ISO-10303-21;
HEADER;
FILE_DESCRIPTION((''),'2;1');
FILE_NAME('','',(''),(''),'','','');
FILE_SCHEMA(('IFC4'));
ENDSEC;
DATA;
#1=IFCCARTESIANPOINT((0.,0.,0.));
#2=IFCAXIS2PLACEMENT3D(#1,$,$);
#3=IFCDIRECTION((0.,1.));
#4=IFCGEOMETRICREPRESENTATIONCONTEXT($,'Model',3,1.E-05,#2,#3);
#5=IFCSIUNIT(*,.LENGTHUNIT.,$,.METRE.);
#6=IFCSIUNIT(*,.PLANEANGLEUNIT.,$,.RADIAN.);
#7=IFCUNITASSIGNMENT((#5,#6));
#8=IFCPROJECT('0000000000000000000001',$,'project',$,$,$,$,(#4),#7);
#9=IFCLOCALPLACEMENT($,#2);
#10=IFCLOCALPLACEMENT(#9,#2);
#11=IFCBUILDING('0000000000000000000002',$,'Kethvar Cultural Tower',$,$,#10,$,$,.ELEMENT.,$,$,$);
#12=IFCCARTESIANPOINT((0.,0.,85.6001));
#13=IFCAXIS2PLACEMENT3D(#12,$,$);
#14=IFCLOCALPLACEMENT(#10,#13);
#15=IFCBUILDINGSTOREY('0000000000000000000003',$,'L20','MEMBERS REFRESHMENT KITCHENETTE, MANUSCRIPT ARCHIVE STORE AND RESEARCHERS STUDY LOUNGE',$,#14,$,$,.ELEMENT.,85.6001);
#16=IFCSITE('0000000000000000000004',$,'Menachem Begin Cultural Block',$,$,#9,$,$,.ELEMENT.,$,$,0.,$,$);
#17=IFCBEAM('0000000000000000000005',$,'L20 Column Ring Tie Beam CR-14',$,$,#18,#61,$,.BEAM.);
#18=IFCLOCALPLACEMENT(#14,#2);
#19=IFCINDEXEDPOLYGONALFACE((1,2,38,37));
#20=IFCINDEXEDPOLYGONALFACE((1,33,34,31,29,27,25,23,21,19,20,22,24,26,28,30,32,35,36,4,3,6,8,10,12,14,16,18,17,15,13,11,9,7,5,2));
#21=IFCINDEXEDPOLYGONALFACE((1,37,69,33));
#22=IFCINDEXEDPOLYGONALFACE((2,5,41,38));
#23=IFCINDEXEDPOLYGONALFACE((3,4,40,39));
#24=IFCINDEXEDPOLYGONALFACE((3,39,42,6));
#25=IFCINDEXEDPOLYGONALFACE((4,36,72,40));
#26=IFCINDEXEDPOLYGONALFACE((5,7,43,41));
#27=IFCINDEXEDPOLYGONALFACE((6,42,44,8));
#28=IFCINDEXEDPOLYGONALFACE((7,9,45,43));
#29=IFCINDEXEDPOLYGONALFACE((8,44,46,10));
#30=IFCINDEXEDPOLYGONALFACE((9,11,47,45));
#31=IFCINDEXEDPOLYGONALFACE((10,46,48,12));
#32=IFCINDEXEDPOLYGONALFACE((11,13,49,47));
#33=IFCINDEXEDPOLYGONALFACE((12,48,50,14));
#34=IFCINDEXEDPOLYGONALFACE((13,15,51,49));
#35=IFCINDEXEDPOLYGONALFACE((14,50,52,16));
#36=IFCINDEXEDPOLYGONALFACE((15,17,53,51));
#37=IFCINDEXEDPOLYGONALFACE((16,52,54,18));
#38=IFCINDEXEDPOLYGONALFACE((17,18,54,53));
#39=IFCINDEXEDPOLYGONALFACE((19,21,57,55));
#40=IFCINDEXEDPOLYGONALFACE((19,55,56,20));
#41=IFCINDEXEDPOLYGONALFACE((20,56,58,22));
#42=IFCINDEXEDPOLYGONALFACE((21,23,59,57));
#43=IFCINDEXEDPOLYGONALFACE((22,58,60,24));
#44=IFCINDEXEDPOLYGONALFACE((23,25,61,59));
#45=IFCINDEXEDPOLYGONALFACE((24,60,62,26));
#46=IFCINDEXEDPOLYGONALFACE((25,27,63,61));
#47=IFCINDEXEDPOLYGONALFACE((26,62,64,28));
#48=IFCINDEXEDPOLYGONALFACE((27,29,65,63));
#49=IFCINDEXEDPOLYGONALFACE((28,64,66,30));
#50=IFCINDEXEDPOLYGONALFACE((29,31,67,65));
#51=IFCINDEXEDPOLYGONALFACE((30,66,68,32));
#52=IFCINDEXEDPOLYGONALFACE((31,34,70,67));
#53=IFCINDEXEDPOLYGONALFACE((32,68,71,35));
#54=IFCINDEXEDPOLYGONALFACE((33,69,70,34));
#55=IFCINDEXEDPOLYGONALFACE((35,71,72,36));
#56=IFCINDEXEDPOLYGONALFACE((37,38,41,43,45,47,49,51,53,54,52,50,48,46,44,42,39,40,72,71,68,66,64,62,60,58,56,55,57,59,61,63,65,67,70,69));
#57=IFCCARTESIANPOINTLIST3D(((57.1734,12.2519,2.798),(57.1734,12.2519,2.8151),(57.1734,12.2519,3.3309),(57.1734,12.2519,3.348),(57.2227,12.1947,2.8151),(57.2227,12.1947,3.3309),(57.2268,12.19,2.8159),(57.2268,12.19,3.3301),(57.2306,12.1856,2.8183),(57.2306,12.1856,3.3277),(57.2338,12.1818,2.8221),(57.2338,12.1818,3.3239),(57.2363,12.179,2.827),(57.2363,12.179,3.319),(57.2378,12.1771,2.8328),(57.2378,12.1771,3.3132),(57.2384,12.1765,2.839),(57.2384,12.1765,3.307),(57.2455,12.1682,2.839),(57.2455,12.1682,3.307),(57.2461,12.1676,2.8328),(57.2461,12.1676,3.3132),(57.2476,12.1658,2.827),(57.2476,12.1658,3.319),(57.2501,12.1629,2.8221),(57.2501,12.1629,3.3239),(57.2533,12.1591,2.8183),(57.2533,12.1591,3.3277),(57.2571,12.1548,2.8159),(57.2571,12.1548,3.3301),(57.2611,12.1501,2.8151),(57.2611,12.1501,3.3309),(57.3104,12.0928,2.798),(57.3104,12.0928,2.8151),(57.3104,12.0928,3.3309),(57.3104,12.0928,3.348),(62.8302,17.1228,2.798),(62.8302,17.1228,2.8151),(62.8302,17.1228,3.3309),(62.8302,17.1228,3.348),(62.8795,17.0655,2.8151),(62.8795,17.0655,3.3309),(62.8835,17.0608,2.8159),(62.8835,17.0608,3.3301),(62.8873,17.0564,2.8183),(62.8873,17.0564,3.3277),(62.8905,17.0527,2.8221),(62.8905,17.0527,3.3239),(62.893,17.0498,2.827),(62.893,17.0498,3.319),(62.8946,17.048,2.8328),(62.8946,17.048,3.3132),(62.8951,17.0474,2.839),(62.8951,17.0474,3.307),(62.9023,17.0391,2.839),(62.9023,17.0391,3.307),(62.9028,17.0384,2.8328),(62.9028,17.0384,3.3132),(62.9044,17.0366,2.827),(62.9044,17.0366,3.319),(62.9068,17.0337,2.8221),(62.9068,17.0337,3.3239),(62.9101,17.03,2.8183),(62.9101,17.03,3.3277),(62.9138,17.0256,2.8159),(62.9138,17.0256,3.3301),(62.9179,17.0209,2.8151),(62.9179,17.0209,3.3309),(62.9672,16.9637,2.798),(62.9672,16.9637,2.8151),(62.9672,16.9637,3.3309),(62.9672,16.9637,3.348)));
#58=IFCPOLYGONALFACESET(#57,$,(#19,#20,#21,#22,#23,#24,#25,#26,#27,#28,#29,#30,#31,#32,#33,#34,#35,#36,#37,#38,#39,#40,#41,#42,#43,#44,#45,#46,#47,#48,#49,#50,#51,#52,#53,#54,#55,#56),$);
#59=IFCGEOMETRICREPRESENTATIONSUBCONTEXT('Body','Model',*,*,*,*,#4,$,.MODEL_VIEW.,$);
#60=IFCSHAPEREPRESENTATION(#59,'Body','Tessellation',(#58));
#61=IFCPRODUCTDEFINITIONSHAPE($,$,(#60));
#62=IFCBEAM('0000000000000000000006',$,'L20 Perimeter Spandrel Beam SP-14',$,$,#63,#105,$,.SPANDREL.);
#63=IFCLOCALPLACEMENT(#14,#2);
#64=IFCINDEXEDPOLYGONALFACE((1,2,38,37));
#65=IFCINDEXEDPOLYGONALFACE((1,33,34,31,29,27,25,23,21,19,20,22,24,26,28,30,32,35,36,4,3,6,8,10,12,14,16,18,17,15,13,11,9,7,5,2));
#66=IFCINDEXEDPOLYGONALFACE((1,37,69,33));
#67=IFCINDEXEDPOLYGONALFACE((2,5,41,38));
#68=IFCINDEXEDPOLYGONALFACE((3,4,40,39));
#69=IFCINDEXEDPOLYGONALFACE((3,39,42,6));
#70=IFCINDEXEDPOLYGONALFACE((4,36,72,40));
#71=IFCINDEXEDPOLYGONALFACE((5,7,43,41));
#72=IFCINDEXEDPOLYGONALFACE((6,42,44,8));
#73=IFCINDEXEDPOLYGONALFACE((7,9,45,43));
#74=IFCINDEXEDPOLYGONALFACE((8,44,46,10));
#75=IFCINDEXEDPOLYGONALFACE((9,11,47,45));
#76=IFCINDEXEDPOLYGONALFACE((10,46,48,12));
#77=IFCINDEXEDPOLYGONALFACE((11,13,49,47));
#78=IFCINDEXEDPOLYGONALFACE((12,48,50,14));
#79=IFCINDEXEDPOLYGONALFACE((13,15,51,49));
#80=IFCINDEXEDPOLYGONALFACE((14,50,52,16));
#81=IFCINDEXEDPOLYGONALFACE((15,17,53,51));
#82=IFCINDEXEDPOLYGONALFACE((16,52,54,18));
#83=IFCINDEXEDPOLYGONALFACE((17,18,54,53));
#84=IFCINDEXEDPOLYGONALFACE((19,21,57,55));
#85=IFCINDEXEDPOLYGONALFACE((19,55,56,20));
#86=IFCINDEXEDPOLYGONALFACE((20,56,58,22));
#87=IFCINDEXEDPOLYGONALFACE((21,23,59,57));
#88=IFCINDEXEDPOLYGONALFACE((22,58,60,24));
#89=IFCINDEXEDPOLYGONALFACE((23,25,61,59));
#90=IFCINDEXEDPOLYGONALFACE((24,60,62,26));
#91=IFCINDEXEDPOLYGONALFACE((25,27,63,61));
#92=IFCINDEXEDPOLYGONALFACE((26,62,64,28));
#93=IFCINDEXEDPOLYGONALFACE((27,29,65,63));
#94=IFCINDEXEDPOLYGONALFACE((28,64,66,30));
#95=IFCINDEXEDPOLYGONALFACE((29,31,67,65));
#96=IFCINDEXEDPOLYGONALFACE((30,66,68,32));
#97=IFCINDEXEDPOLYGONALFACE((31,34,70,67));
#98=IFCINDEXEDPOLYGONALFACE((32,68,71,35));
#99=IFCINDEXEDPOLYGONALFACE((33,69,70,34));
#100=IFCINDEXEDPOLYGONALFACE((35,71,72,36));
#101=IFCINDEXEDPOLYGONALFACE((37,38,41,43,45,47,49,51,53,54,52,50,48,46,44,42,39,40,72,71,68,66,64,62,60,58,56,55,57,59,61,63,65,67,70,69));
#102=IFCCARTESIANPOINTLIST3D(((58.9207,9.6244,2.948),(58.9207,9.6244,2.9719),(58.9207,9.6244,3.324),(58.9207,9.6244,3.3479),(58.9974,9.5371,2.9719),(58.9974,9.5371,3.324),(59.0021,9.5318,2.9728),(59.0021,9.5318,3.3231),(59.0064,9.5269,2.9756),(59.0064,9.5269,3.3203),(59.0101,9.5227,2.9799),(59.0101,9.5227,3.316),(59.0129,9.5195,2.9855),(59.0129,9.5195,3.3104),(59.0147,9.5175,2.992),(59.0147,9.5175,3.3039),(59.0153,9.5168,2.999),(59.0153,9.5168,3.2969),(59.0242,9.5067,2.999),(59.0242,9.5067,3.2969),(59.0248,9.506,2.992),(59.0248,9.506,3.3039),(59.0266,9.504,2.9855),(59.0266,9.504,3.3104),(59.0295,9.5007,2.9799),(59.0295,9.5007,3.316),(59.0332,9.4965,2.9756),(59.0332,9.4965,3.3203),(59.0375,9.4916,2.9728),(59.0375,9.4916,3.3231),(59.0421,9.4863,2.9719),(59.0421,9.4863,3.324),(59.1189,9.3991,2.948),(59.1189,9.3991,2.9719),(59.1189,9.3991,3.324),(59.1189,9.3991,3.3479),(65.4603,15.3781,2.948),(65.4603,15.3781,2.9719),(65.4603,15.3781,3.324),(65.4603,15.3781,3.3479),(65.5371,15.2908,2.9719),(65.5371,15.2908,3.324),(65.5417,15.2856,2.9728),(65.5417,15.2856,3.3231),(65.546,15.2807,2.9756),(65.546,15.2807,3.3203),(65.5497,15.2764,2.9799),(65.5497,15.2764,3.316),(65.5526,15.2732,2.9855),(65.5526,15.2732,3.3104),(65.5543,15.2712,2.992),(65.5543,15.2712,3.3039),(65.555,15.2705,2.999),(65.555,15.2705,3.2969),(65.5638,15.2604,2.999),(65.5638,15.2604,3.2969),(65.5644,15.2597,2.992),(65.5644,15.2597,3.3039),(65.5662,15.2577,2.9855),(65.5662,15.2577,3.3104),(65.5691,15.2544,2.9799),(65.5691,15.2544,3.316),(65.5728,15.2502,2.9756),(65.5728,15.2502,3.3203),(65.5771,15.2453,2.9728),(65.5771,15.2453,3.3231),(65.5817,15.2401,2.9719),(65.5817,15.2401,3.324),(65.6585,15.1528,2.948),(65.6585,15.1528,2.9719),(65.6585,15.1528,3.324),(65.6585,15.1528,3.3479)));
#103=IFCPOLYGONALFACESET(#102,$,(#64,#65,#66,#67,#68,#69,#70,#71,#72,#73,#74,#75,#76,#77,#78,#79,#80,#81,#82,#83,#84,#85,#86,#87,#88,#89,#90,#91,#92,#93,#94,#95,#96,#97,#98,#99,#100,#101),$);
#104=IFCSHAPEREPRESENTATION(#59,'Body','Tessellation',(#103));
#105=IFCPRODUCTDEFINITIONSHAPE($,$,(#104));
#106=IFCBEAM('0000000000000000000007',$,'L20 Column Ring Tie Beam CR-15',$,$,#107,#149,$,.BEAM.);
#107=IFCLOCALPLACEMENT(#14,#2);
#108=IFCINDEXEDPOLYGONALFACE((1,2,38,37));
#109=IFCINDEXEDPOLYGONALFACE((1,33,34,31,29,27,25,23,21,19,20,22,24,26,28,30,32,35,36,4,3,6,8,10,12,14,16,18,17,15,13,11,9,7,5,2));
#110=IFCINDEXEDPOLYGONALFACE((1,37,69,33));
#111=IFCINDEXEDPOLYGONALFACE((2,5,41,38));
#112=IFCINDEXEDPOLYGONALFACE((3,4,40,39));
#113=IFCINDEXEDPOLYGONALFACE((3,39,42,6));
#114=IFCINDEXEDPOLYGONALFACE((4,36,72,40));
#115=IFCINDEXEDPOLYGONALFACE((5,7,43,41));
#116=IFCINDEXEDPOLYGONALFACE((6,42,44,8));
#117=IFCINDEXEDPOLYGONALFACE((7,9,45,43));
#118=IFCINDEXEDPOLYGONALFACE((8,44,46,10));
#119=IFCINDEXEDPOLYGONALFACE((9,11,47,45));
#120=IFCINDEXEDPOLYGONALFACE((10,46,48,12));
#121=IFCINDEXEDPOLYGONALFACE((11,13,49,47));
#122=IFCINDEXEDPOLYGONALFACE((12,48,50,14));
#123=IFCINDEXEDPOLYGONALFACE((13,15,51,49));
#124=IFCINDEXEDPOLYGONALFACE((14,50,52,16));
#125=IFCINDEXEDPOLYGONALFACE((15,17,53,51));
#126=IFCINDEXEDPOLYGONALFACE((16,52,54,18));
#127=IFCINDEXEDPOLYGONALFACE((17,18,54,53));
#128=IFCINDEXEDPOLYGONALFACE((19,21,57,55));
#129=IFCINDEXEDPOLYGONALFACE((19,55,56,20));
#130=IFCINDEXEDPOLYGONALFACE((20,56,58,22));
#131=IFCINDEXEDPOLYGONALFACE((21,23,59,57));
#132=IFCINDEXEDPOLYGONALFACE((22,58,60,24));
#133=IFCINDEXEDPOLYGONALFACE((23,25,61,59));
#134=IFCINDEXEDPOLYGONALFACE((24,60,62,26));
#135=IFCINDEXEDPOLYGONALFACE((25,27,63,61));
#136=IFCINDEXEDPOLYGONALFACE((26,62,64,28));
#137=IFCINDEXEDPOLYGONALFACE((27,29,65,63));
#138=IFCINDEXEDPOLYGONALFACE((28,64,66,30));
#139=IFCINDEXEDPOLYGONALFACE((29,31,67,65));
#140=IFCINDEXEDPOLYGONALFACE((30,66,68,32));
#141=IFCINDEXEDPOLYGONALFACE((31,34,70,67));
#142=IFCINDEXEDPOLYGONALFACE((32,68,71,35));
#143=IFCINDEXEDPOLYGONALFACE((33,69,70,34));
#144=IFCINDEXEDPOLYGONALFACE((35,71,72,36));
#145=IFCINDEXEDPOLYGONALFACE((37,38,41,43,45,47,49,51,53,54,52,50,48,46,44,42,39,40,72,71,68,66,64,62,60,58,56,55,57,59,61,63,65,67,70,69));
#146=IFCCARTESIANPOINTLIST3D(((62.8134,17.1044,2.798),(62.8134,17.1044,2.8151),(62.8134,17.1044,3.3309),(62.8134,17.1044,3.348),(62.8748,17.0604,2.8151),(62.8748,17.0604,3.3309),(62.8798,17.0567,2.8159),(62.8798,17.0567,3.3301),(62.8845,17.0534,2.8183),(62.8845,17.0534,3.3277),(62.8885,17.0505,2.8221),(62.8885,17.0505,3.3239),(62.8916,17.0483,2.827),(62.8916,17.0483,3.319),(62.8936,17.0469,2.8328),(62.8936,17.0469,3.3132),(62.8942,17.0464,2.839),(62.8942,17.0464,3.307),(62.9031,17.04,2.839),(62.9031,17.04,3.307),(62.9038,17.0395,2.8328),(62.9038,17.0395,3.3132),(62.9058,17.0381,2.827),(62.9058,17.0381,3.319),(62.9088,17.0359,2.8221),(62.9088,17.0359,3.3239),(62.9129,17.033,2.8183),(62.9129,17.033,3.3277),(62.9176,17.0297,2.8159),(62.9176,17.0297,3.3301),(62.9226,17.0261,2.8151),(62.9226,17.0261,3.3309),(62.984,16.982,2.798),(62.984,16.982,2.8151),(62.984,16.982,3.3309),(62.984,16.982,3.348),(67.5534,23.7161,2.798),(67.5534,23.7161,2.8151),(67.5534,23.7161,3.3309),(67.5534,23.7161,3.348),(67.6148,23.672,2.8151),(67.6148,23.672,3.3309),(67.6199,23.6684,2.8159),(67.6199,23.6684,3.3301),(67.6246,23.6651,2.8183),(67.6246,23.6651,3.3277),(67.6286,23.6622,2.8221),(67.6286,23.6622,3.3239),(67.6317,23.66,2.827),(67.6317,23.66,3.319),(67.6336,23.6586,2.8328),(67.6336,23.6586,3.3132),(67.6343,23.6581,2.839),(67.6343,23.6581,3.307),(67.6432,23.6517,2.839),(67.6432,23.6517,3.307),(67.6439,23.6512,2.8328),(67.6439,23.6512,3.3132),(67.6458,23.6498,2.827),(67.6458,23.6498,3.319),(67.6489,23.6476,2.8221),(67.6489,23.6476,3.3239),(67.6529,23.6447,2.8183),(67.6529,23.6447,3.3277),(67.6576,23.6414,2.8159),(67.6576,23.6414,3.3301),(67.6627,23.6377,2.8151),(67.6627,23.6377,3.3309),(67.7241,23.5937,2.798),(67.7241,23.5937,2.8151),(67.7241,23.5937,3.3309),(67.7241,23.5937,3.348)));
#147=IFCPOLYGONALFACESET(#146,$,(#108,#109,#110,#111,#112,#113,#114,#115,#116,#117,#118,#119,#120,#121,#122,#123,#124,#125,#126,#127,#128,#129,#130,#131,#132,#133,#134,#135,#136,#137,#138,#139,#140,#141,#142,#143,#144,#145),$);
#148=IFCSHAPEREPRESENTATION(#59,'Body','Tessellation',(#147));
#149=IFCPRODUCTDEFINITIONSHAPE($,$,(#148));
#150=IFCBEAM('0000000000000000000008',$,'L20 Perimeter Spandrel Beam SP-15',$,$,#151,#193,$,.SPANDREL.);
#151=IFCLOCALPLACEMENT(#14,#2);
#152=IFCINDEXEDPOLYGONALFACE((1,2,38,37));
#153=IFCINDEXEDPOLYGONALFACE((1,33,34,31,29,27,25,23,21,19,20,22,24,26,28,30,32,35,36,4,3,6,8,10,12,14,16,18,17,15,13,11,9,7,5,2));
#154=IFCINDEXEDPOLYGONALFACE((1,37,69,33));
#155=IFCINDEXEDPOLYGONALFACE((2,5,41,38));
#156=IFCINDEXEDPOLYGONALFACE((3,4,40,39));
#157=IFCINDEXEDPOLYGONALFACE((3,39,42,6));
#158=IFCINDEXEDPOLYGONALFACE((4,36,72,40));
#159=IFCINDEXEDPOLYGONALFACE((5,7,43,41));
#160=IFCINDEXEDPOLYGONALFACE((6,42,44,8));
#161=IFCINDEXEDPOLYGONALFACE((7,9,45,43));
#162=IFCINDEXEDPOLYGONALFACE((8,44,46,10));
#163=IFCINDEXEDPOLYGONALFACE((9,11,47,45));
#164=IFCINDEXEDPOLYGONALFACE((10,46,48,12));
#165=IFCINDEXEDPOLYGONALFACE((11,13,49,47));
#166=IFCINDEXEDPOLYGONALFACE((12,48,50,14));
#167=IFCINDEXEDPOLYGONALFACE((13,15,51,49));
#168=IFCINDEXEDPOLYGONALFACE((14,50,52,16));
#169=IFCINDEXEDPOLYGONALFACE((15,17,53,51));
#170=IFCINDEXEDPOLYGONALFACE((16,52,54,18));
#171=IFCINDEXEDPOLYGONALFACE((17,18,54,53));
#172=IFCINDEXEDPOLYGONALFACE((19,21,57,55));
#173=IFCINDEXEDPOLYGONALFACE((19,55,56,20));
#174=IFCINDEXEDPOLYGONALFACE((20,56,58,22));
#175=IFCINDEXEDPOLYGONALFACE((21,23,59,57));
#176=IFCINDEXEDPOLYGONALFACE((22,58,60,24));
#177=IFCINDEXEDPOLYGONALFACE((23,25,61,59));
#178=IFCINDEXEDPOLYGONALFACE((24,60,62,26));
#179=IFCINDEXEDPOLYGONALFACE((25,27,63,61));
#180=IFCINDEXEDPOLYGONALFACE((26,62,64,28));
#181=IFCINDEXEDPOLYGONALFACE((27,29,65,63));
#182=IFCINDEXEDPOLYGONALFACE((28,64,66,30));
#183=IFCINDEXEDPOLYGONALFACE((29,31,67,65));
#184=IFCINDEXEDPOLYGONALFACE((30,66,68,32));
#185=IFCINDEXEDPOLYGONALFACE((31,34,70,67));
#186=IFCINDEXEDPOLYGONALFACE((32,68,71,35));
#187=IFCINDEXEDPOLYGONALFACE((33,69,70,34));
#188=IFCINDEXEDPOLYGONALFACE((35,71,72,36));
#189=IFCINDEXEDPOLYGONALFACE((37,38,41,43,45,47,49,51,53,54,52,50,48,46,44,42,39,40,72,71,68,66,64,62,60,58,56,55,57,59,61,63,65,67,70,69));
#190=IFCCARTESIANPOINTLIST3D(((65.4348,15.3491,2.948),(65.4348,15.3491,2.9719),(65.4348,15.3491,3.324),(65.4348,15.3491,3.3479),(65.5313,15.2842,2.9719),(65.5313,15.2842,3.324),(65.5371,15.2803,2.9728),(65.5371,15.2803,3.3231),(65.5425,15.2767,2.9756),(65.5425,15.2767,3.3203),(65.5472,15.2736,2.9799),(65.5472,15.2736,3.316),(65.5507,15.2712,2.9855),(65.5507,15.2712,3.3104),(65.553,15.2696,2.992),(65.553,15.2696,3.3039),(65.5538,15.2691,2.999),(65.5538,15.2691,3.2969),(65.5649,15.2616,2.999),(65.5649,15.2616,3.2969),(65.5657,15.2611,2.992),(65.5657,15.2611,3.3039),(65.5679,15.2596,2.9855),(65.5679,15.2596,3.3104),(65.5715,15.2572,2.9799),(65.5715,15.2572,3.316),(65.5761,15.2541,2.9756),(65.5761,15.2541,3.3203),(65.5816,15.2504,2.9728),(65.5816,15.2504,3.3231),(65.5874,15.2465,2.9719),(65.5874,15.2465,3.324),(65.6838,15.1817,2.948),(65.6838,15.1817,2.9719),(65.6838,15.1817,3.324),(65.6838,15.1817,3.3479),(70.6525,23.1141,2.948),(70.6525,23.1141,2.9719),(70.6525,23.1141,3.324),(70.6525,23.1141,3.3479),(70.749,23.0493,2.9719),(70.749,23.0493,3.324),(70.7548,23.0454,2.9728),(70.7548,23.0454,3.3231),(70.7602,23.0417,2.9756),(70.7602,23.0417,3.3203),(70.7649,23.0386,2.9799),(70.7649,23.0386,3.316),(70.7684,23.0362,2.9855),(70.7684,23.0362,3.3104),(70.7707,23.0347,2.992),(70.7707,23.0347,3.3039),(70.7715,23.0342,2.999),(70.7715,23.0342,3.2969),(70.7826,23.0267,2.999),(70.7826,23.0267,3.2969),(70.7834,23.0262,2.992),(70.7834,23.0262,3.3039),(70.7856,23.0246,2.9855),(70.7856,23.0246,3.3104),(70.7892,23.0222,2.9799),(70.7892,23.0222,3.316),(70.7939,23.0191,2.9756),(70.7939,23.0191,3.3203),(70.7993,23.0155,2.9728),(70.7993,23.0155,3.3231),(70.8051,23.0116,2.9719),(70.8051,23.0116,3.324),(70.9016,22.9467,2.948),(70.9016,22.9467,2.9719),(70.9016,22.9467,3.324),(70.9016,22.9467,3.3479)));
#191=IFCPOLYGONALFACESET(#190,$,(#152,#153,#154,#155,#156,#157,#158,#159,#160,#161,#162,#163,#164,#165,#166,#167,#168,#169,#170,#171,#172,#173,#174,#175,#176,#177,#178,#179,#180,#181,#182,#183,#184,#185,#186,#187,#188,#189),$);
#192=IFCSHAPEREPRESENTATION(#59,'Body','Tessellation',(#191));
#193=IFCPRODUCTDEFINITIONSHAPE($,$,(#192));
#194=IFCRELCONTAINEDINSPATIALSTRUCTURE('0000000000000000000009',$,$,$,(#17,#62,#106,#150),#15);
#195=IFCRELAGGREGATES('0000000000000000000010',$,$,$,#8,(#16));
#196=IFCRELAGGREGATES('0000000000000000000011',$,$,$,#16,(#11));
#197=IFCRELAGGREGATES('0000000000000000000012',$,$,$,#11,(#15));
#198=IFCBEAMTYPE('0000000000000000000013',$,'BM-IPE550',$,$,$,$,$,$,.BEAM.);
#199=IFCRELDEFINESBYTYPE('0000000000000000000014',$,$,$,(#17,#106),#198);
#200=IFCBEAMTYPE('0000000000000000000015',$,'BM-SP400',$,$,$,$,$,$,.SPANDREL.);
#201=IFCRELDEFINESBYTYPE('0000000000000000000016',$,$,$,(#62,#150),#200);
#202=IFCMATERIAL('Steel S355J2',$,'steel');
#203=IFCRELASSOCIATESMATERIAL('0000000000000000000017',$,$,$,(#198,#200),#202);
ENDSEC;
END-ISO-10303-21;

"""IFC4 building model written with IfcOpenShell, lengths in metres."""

from ifc_helpers import new_model, si_unit, direction, frame, origin, origin_2d, place, context, subcontext, project, spatial, i_section, extrude, source, transform, mapped, material, material_profile, profile_set, type_object, element, save


model = new_model("IFC4")

# Units and contexts
model_context = context("Model", 3, precision=1e-05, world=origin(), true_north=direction((0.0, 1.0)))
body_context = subcontext(model_context, "Body", "Model", "MODEL_VIEW")
ifc_project = project(units=[si_unit("LENGTHUNIT", "METRE"), si_unit("PLANEANGLEUNIT", "RADIAN")], contexts=[model_context])

# Site, building, storey
site_placement = place(None, origin())
site = spatial("IfcSite", under=ifc_project, at=site_placement, Name="Menachem Begin Cultural Block", CompositionType="ELEMENT", RefElevation=0.0)
building_placement = place(site_placement, origin())
building = spatial("IfcBuilding", under=site, at=building_placement, Name="Kethvar Cultural Tower", CompositionType="ELEMENT")
storey_placement = place(building_placement, frame((0.0, 0.0, 85.6001)))
storey = spatial("IfcBuildingStorey", under=building, at=storey_placement, Name="L20", Description="MEMBERS REFRESHMENT KITCHENETTE, MANUSCRIPT ARCHIVE STORE AND RESEARCHERS STUDY LOUNGE", CompositionType="ELEMENT", Elevation=85.6001)

# Beams
ifc_material_1 = material(Name="Steel S355J2", Category="steel")
ifc_material_profile_1 = material_profile(ifc_material_1, i_section(OverallWidth=0.21, OverallDepth=0.55, WebThickness=0.011, FlangeThickness=0.0171, FilletRadius=0.0239, at=origin_2d()), Name="Steel S355J2 — IPE550")
ifc_profile_set_1 = profile_set([ifc_material_profile_1], Name="Steel S355J2 — IPE550")
beam_type_1 = type_object("IfcBeamType", Name="BM-IPE550", PredefinedType="BEAM", material=ifc_profile_set_1)
shared_shape_1 = source(origin(), body_context, "Body", "SweptSolid", [
    extrude(i_section(OverallWidth=0.21, OverallDepth=0.55, WebThickness=0.011, FlangeThickness=0.0171, FilletRadius=0.0239, at=origin_2d()), origin(), (0.0, 0.0, 1.0), 7.4648),
])
beam_1_placement = place(storey_placement, frame((57.2419, 12.1724, 3.073), z_axis=(0.757784, 0.652505, 0.0), x_axis=(-0.652505, 0.757784, 0.0)))
element("IfcBeam", 1, at=beam_1_placement, inside=storey, type_object=beam_type_1, Name="L20 Column Ring Tie Beam CR-14", PredefinedType="BEAM", context=body_context, shape_type="MappedRepresentation", body=[
    mapped(shared_shape_1, transform((0.0, 0.0, 0.0), scale=1.0)),
])
ifc_material_profile_2 = material_profile(ifc_material_1, i_section(OverallWidth=0.3, OverallDepth=0.3999, WebThickness=0.0134, FlangeThickness=0.0239, FilletRadius=0.0271, at=origin_2d()), Name="Steel S355J2 — HEB400")
ifc_profile_set_2 = profile_set([ifc_material_profile_2], Name="Steel S355J2 — HEB400")
beam_type_2 = type_object("IfcBeamType", Name="BM-SP400", PredefinedType="SPANDREL", material=ifc_profile_set_2)
shared_shape_2 = source(origin(), body_context, "Body", "SweptSolid", [
    extrude(i_section(OverallWidth=0.3, OverallDepth=0.3999, WebThickness=0.0134, FlangeThickness=0.0239, FilletRadius=0.0271, at=origin_2d()), origin(), (0.0, 0.0, 1.0), 8.7104),
])
beam_2_placement = place(storey_placement, frame((59.0198, 9.5117, 3.1479), z_axis=(0.750779, 0.660554, 0.0), x_axis=(-0.660554, 0.750779, 0.0)))
element("IfcBeam", 2, at=beam_2_placement, inside=storey, type_object=beam_type_2, Name="L20 Perimeter Spandrel Beam SP-14", PredefinedType="SPANDREL", context=body_context, shape_type="MappedRepresentation", body=[
    mapped(shared_shape_2, transform((0.0, 0.0, 0.0), scale=1.0)),
])
shared_shape_3 = source(origin(), body_context, "Body", "SweptSolid", [
    extrude(i_section(OverallWidth=0.21, OverallDepth=0.55, WebThickness=0.011, FlangeThickness=0.0171, FilletRadius=0.0239, at=origin_2d()), origin(), (0.0, 0.0, 1.0), 8.1353),
])
beam_3_placement = place(storey_placement, frame((62.8987, 17.0432, 3.073), z_axis=(0.582657, 0.812718, 0.0), x_axis=(-0.812718, 0.582657, 0.0)))
element("IfcBeam", 3, at=beam_3_placement, inside=storey, type_object=beam_type_1, Name="L20 Column Ring Tie Beam CR-15", PredefinedType="BEAM", context=body_context, shape_type="MappedRepresentation", body=[
    mapped(shared_shape_3, transform((0.0, 0.0, 0.0), scale=1.0)),
])
shared_shape_4 = source(origin(), body_context, "Body", "SweptSolid", [
    extrude(i_section(OverallWidth=0.3, OverallDepth=0.3999, WebThickness=0.0134, FlangeThickness=0.0239, FilletRadius=0.0271, at=origin_2d()), origin(), (0.0, 0.0, 1.0), 9.3552),
])
beam_4_placement = place(storey_placement, frame((65.5593, 15.2654, 3.1479), z_axis=(0.557732, 0.830021, 0.0), x_axis=(-0.830021, 0.557732, 0.0)))
element("IfcBeam", 4, at=beam_4_placement, inside=storey, type_object=beam_type_2, Name="L20 Perimeter Spandrel Beam SP-15", PredefinedType="SPANDREL", context=body_context, shape_type="MappedRepresentation", body=[
    mapped(shared_shape_4, transform((0.0, 0.0, 0.0), scale=1.0)),
])

save(model, "model.ifc")
